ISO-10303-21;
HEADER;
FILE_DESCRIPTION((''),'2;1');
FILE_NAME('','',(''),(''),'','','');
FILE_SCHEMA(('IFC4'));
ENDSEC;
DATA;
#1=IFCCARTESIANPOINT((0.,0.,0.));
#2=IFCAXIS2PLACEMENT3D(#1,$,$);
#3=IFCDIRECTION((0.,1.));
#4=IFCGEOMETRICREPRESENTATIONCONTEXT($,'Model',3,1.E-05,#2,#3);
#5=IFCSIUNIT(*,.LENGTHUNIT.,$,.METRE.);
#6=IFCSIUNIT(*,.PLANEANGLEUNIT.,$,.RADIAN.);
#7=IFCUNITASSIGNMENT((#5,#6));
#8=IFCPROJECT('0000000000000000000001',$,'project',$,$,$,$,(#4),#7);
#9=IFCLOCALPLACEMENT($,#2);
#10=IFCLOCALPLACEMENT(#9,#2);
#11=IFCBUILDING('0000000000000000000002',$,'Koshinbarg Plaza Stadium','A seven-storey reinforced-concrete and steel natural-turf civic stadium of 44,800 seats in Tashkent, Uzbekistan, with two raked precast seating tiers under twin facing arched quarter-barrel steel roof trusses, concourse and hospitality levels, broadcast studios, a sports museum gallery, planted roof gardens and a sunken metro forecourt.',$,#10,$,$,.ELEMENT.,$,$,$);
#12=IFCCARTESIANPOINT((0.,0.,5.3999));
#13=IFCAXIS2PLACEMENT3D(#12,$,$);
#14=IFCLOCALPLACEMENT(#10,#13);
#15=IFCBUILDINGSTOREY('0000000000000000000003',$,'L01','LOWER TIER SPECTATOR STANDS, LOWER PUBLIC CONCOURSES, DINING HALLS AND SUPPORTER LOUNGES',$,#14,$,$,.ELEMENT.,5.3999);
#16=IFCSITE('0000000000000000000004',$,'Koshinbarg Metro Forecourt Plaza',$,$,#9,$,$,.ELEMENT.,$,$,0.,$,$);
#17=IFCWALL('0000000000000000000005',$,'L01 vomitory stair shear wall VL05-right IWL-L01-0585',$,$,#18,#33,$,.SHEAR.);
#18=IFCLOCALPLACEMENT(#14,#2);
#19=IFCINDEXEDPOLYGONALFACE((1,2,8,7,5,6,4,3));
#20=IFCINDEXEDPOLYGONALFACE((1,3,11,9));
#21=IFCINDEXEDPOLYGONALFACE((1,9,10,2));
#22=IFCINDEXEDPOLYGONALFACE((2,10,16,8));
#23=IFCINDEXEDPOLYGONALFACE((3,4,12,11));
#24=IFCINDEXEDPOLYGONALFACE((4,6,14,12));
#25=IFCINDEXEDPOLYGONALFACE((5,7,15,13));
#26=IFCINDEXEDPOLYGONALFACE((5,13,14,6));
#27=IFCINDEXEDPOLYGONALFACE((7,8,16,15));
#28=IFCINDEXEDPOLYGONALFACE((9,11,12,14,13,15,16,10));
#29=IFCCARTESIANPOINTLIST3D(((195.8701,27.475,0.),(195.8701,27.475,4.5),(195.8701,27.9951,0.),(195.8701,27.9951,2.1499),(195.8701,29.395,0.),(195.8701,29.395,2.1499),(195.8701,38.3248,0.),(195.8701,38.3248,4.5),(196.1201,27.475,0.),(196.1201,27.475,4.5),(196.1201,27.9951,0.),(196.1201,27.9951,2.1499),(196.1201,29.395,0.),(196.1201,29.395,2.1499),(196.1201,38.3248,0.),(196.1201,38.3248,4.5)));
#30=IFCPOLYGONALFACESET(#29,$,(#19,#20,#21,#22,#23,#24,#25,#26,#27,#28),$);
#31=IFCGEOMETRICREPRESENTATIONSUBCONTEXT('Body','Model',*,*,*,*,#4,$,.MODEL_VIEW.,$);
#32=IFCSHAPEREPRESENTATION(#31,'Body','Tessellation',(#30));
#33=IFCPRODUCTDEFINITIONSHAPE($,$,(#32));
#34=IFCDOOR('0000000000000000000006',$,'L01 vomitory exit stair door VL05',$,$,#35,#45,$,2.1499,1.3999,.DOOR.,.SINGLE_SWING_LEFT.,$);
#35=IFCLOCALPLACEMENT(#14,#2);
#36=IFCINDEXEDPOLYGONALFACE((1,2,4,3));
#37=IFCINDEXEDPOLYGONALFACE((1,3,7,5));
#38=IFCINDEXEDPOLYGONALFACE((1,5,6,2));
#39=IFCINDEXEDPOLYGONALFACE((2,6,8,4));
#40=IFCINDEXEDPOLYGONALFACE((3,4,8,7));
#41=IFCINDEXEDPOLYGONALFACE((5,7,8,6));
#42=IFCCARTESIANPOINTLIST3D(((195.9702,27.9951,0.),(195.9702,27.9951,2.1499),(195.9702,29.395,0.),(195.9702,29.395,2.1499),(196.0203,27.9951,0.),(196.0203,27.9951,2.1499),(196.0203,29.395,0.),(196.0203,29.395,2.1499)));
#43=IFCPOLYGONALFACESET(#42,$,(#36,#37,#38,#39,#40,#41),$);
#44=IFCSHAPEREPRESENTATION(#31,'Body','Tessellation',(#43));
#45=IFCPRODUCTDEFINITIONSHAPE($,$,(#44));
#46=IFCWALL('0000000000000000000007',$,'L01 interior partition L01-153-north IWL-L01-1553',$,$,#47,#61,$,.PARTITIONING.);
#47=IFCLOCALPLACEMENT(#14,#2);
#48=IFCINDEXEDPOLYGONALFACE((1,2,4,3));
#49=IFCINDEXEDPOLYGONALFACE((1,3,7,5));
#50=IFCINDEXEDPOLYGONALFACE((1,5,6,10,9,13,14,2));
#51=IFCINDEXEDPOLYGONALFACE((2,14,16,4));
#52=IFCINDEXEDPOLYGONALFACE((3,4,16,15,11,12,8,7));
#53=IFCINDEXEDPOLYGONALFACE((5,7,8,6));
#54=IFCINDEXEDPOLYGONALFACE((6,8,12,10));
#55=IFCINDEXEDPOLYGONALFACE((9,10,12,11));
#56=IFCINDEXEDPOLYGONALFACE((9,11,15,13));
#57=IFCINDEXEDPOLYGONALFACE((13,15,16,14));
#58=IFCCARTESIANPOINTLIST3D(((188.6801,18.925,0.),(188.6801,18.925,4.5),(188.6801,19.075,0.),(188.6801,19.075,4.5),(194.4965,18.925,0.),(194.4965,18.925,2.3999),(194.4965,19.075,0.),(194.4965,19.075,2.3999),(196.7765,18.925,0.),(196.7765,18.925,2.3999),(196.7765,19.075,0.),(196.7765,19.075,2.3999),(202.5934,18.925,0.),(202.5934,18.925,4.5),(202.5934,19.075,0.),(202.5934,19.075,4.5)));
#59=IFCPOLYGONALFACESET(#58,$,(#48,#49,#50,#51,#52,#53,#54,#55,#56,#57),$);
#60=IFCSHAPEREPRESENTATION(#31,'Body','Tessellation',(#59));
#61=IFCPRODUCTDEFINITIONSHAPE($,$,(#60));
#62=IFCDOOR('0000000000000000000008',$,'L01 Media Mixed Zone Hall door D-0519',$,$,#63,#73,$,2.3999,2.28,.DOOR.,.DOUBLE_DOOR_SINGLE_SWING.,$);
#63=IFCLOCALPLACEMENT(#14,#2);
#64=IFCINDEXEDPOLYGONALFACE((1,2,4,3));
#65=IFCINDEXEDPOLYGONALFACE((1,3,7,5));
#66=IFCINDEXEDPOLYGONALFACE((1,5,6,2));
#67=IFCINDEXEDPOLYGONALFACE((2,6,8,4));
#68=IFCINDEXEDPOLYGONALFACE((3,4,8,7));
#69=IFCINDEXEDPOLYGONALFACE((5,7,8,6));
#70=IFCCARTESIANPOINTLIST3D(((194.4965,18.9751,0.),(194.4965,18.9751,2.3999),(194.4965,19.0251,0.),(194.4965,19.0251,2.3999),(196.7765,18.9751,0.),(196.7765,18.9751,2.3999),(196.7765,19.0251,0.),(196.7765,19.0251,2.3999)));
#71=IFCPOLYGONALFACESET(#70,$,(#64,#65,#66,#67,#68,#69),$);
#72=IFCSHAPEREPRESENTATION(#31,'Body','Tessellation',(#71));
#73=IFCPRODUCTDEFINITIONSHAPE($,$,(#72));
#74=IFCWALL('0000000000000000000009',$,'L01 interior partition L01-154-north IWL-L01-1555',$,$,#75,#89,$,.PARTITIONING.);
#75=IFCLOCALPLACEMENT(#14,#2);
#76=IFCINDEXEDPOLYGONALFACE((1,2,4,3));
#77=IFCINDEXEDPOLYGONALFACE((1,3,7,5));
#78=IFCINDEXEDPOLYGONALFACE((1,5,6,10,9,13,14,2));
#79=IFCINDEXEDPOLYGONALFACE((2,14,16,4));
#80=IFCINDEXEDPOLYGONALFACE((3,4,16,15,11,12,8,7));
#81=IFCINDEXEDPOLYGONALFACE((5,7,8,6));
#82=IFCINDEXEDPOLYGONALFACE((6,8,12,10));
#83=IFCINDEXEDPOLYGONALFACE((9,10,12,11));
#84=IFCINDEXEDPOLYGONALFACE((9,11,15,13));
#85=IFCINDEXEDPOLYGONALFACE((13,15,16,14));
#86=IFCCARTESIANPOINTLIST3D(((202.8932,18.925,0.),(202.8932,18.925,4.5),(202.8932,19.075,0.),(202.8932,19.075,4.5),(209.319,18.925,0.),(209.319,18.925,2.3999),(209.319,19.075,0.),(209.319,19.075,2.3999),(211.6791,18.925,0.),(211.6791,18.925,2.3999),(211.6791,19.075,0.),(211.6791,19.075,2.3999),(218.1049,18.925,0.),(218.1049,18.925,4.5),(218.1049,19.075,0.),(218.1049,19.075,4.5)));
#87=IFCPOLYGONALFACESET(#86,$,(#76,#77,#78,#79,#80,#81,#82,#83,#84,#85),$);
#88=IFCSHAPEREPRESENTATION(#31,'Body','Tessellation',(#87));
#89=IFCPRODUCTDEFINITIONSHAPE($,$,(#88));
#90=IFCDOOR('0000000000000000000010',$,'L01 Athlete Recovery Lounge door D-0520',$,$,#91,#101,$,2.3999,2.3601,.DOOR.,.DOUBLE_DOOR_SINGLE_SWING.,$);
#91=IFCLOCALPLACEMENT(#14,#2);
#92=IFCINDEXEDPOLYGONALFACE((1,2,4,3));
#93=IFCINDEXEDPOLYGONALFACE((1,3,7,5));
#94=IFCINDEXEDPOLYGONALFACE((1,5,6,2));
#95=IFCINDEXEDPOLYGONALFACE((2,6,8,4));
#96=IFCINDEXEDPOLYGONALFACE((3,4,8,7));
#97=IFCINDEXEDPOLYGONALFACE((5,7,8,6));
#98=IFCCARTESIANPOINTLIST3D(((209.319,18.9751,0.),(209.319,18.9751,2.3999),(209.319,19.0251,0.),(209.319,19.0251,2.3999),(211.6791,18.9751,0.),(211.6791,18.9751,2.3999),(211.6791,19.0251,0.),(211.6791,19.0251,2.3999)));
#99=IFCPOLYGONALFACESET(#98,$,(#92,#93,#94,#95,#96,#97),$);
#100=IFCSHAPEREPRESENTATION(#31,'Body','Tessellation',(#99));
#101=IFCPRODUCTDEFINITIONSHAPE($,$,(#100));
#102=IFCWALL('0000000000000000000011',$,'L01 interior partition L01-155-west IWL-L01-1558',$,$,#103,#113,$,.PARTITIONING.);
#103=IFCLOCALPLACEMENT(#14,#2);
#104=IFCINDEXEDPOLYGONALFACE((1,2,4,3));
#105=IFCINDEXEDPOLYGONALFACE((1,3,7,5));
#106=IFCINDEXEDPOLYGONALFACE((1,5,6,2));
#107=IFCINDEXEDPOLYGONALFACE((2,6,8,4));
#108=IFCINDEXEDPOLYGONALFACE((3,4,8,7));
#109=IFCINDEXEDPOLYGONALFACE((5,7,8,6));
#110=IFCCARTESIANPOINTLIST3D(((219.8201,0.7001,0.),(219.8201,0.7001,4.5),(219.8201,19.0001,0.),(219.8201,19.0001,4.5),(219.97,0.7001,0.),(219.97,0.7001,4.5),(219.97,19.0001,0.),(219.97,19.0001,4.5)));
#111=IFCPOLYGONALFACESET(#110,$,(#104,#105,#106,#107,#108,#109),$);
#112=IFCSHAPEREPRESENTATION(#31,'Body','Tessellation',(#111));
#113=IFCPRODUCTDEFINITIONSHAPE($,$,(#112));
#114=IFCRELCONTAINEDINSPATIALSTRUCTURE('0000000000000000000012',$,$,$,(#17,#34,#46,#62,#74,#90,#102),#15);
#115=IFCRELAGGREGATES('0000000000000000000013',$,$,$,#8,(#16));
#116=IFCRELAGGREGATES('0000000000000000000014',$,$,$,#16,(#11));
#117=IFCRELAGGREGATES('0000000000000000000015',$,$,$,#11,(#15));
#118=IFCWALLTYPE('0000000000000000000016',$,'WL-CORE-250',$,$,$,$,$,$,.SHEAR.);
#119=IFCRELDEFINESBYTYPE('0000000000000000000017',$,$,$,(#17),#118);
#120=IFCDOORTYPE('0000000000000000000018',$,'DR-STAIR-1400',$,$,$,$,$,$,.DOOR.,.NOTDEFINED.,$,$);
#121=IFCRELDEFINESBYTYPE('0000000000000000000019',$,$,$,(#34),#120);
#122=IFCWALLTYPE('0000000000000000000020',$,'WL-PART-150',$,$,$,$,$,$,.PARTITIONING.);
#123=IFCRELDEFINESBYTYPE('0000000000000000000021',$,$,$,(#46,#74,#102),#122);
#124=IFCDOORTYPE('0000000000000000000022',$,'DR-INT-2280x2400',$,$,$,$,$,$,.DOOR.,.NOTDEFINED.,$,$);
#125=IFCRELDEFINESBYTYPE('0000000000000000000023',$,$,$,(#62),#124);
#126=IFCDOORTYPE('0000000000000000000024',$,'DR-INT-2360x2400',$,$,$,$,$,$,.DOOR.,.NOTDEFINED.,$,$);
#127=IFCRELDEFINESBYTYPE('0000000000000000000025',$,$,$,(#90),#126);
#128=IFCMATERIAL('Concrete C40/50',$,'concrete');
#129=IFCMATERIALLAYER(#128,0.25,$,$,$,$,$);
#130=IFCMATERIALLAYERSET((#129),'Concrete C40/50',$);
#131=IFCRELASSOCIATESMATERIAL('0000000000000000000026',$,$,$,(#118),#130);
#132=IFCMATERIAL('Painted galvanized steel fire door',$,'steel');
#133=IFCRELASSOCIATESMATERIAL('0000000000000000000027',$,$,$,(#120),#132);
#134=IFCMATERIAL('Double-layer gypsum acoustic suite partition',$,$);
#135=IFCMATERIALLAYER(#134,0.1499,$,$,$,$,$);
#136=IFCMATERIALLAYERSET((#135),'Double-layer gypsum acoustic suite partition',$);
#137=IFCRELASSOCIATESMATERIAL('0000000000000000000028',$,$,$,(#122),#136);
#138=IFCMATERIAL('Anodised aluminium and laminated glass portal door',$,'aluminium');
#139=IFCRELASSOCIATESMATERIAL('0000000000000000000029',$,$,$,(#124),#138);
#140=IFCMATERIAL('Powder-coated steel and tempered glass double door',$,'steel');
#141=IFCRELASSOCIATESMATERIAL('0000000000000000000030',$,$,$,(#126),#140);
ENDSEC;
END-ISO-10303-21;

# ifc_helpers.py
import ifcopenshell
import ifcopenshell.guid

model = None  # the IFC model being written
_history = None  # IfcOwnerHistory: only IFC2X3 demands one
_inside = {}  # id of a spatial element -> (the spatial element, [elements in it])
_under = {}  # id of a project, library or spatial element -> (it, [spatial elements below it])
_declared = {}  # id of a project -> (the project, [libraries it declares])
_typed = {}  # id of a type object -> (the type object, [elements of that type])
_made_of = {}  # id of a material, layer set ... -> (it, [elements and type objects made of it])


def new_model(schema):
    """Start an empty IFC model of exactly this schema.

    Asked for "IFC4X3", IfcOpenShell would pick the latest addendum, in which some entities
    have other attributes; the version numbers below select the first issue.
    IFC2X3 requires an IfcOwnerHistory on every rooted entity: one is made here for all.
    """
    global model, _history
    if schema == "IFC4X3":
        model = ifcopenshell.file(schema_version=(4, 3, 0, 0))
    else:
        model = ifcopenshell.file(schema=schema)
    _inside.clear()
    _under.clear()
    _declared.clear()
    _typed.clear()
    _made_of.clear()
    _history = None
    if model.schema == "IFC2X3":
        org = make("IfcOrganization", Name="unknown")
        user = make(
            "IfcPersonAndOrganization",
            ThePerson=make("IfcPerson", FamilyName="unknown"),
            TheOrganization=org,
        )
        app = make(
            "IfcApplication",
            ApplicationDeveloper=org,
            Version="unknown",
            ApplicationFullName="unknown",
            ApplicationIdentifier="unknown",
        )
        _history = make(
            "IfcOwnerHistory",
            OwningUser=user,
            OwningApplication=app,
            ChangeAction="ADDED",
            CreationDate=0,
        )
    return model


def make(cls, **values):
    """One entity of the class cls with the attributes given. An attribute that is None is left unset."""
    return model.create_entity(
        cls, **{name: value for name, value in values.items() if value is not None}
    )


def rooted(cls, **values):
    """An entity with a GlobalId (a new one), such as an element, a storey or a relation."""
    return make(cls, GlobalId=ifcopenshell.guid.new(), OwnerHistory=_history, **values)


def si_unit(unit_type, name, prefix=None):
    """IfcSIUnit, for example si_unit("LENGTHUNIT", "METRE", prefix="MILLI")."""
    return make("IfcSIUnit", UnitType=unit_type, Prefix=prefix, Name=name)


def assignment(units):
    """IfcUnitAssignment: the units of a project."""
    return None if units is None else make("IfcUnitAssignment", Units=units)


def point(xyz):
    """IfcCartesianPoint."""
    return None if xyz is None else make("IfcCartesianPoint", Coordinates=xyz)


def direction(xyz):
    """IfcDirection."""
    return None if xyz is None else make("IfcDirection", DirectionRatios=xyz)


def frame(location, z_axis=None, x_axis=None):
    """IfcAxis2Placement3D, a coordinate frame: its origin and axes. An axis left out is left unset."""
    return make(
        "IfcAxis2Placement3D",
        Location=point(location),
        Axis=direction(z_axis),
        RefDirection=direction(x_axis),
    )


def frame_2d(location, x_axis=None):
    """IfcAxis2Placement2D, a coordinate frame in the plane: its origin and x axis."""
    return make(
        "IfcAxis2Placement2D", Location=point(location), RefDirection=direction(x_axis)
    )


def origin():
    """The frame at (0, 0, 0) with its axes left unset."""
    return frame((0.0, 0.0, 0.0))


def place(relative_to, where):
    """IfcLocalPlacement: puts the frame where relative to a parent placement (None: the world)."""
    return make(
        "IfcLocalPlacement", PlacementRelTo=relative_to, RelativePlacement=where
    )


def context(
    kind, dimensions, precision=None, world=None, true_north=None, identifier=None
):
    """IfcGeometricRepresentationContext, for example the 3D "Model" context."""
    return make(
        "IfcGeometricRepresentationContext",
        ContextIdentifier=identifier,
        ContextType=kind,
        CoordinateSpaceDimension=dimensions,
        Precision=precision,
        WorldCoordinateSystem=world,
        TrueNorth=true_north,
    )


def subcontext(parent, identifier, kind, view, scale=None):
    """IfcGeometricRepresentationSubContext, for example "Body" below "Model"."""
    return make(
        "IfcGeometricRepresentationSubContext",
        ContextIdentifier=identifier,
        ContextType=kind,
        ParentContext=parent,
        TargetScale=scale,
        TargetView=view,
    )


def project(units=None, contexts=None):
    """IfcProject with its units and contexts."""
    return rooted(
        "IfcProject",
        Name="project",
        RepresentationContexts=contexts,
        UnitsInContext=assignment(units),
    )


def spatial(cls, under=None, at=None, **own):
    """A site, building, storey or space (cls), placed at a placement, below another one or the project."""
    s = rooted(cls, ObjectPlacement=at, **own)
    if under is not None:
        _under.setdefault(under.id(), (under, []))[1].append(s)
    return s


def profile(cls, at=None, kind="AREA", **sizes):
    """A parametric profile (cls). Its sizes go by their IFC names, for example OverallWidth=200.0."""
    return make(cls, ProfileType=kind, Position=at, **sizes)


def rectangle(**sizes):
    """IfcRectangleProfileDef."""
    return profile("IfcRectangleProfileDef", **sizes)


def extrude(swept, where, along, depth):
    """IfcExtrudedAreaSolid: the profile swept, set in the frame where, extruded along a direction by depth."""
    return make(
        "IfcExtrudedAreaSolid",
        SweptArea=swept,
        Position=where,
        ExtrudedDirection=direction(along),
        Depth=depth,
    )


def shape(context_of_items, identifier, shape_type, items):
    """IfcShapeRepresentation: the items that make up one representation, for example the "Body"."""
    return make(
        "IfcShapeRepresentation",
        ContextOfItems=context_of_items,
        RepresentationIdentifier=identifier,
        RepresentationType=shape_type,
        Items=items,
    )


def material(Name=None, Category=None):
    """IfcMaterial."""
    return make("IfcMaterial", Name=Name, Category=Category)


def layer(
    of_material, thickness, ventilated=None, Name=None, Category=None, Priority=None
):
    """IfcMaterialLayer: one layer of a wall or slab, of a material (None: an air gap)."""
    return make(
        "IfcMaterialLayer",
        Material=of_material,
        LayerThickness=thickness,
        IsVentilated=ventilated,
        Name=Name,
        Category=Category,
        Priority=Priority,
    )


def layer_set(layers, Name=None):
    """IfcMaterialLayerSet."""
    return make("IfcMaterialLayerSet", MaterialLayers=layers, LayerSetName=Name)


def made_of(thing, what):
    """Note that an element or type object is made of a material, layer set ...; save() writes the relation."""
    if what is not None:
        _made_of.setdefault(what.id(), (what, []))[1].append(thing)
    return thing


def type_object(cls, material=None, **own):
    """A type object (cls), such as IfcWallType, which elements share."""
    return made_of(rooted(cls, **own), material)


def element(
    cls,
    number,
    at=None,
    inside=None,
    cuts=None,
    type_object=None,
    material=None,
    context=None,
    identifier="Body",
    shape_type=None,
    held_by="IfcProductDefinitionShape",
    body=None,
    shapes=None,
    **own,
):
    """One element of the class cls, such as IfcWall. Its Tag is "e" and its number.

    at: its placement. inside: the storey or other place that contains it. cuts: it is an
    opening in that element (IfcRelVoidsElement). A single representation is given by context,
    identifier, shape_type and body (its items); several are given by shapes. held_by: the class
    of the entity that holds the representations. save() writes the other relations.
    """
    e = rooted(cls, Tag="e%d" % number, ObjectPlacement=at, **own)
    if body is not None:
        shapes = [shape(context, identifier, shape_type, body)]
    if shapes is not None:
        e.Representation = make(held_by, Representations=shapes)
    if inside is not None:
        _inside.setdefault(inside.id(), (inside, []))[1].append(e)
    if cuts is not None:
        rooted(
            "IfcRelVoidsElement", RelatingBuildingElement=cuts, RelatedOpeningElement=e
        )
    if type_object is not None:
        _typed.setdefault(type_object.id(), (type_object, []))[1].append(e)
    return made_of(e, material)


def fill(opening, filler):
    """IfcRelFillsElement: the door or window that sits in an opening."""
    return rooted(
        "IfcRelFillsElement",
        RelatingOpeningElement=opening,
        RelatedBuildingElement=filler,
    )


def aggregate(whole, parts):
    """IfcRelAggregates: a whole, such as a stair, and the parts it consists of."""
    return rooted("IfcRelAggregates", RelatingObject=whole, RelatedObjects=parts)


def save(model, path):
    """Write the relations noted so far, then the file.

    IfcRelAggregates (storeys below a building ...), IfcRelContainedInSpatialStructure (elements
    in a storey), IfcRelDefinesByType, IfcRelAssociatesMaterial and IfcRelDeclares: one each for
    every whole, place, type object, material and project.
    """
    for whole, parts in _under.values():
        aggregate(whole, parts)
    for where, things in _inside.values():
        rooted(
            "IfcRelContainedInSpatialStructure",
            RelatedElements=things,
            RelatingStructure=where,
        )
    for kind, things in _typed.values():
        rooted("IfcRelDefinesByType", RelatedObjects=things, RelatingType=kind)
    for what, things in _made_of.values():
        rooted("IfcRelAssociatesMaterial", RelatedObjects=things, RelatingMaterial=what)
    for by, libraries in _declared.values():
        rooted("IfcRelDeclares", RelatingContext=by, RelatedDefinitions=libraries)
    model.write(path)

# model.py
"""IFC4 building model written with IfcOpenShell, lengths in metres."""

from ifc_helpers import new_model, si_unit, direction, frame, frame_2d, origin, place, context, subcontext, project, spatial, rectangle, extrude, material, layer, layer_set, type_object, element, fill, save


model = new_model("IFC4")

# Units and contexts
model_context = context("Model", 3, precision=1e-05, world=origin(), true_north=direction((0.0, 1.0)))
body_context = subcontext(model_context, "Body", "Model", "MODEL_VIEW")
ifc_project = project(units=[si_unit("LENGTHUNIT", "METRE"), si_unit("PLANEANGLEUNIT", "RADIAN")], contexts=[model_context])

# Site, building, storey
site_placement = place(None, origin())
site = spatial("IfcSite", under=ifc_project, at=site_placement, Name="Koshinbarg Metro Forecourt Plaza", CompositionType="ELEMENT", RefElevation=0.0)
building_placement = place(site_placement, origin())
building = spatial("IfcBuilding", under=site, at=building_placement, Name="Koshinbarg Plaza Stadium", Description="A seven-storey reinforced-concrete and steel natural-turf civic stadium of 44,800 seats in Tashkent, Uzbekistan, with two raked precast seating tiers under twin facing arched quarter-barrel steel roof trusses, concourse and hospitality levels, broadcast studios, a sports museum gallery, planted roof gardens and a sunken metro forecourt.", CompositionType="ELEMENT")
storey_placement = place(building_placement, frame((0.0, 0.0, 5.3999)))
storey = spatial("IfcBuildingStorey", under=building, at=storey_placement, Name="L01", Description="LOWER TIER SPECTATOR STANDS, LOWER PUBLIC CONCOURSES, DINING HALLS AND SUPPORTER LOUNGES", CompositionType="ELEMENT", Elevation=5.3999)

# Shared definitions
ifc_material_1 = material(Name="Concrete C40/50", Category="concrete")

# Shared definitions
ifc_layer_1 = layer(ifc_material_1, 0.25)
ifc_layer_set_1 = layer_set([ifc_layer_1], Name="Concrete C40/50")
wall_type_1 = type_object("IfcWallType", Name="WL-CORE-250", PredefinedType="SHEAR", material=ifc_layer_set_1)

# Walls, openings, doors
ifc_material_2 = material(Name="Painted galvanized steel fire door", Category="steel")
door_type_1 = type_object("IfcDoorType", Name="DR-STAIR-1400", OperationType="NOTDEFINED", PredefinedType="DOOR", material=ifc_material_2)
wall_1_placement = place(storey_placement, frame((195.9951, 27.4751, 0.0), z_axis=(0.0, 0.0, 1.0), x_axis=(0.0, 1.0, 0.0)))
wall_1 = element("IfcWall", 1, at=wall_1_placement, inside=storey, type_object=wall_type_1, Name="L01 vomitory stair shear wall VL05-right IWL-L01-0585", PredefinedType="SHEAR", context=body_context, shape_type="SweptSolid", body=[
    extrude(rectangle(XDim=10.8499, YDim=0.25, at=frame_2d((5.4248, 0.0))), origin(), (0.0, 0.0, 1.0), 4.5),
])
opening_1_placement = place(wall_1_placement, frame((0.52, 0.0, 0.0)))
opening_1 = element("IfcOpeningElement", 2, at=opening_1_placement, cuts=wall_1, PredefinedType="OPENING", context=body_context, shape_type="SweptSolid", body=[
    extrude(rectangle(XDim=1.3999, YDim=2.1499, at=frame_2d((0.7, 1.075))), frame((0.0, 0.135, 0.0), z_axis=(0.0, -1.0, 0.0), x_axis=(1.0, 0.0, 0.0)), (0.0, 0.0, 1.0), 0.27),
])
door_1_placement = place(opening_1_placement, origin())
door_1 = element("IfcDoor", 3, at=door_1_placement, inside=storey, type_object=door_type_1, Name="L01 vomitory exit stair door VL05", OperationType="SINGLE_SWING_LEFT", OverallHeight=2.1499, OverallWidth=1.3999, PredefinedType="DOOR", context=body_context, shape_type="SweptSolid", body=[
    extrude(rectangle(XDim=1.3999, YDim=2.1499, at=frame_2d((0.7, 1.075))), frame((0.0, 0.0249, 0.0), z_axis=(0.0, -1.0, 0.0), x_axis=(1.0, 0.0, 0.0)), (0.0, 0.0, 1.0), 0.05),
])
fill(opening_1, door_1)
ifc_material_3 = material(Name="Double-layer gypsum acoustic suite partition")
ifc_layer_2 = layer(ifc_material_3, 0.1499)
ifc_layer_set_2 = layer_set([ifc_layer_2], Name="Double-layer gypsum acoustic suite partition")
wall_type_2 = type_object("IfcWallType", Name="WL-PART-150", PredefinedType="PARTITIONING", material=ifc_layer_set_2)
wall_2_placement = place(storey_placement, frame((202.5933, 19.0, 0.0), z_axis=(0.0, 0.0, 1.0), x_axis=(-1.0, 0.0, 0.0)))
wall_2 = element("IfcWall", 4, at=wall_2_placement, inside=storey, type_object=wall_type_2, Name="L01 interior partition L01-153-north IWL-L01-1553", PredefinedType="PARTITIONING", context=body_context, shape_type="SweptSolid", body=[
    extrude(rectangle(XDim=13.9133, YDim=0.1499, at=frame_2d((6.9565, 0.0))), origin(), (0.0, 0.0, 1.0), 4.5),
])
opening_2_placement = place(wall_2_placement, frame((5.8167, 0.0, 0.0)))
opening_2 = element("IfcOpeningElement", 5, at=opening_2_placement, cuts=wall_2, PredefinedType="OPENING", context=body_context, shape_type="SweptSolid", body=[
    extrude(rectangle(XDim=2.28, YDim=2.3999, at=frame_2d((1.1401, 1.2))), frame((0.0, 0.085, 0.0), z_axis=(0.0, -1.0, 0.0), x_axis=(1.0, 0.0, 0.0)), (0.0, 0.0, 1.0), 0.1699),
])
ifc_material_4 = material(Name="Anodised aluminium and laminated glass portal door", Category="aluminium")
door_type_2 = type_object("IfcDoorType", Name="DR-INT-2280x2400", OperationType="NOTDEFINED", PredefinedType="DOOR", material=ifc_material_4)
door_2_placement = place(opening_2_placement, origin())
door_2 = element("IfcDoor", 6, at=door_2_placement, inside=storey, type_object=door_type_2, Name="L01 Media Mixed Zone Hall door D-0519", OperationType="DOUBLE_DOOR_SINGLE_SWING", OverallHeight=2.3999, OverallWidth=2.28, PredefinedType="DOOR", context=body_context, shape_type="SweptSolid", body=[
    extrude(rectangle(XDim=2.28, YDim=2.3999, at=frame_2d((1.1401, 1.2))), frame((0.0, 0.0249, 0.0), z_axis=(0.0, -1.0, 0.0), x_axis=(1.0, 0.0, 0.0)), (0.0, 0.0, 1.0), 0.05),
])
fill(opening_2, door_2)
wall_3_placement = place(storey_placement, frame((218.105, 19.0, 0.0), z_axis=(0.0, 0.0, 1.0), x_axis=(-1.0, 0.0, 0.0)))
wall_3 = element("IfcWall", 7, at=wall_3_placement, inside=storey, type_object=wall_type_2, Name="L01 interior partition L01-154-north IWL-L01-1555", PredefinedType="PARTITIONING", context=body_context, shape_type="SweptSolid", body=[
    extrude(rectangle(XDim=15.2117, YDim=0.1499, at=frame_2d((7.606, 0.0))), origin(), (0.0, 0.0, 1.0), 4.5),
])
opening_3_placement = place(wall_3_placement, frame((6.4258, 0.0, 0.0)))
opening_3 = element("IfcOpeningElement", 8, at=opening_3_placement, cuts=wall_3, PredefinedType="OPENING", context=body_context, shape_type="SweptSolid", body=[
    extrude(rectangle(XDim=2.3601, YDim=2.3999, at=frame_2d((1.1802, 1.2))), frame((0.0, 0.085, 0.0), z_axis=(0.0, -1.0, 0.0), x_axis=(1.0, 0.0, 0.0)), (0.0, 0.0, 1.0), 0.1699),
])
ifc_material_5 = material(Name="Powder-coated steel and tempered glass double door", Category="steel")
door_type_3 = type_object("IfcDoorType", Name="DR-INT-2360x2400", OperationType="NOTDEFINED", PredefinedType="DOOR", material=ifc_material_5)
door_3_placement = place(opening_3_placement, origin())
door_3 = element("IfcDoor", 9, at=door_3_placement, inside=storey, type_object=door_type_3, Name="L01 Athlete Recovery Lounge door D-0520", OperationType="DOUBLE_DOOR_SINGLE_SWING", OverallHeight=2.3999, OverallWidth=2.3601, PredefinedType="DOOR", context=body_context, shape_type="SweptSolid", body=[
    extrude(rectangle(XDim=2.3601, YDim=2.3999, at=frame_2d((1.1802, 1.2))), frame((0.0, 0.0249, 0.0), z_axis=(0.0, -1.0, 0.0), x_axis=(1.0, 0.0, 0.0)), (0.0, 0.0, 1.0), 0.05),
])
fill(opening_3, door_3)

# Wall
wall_4_placement = place(storey_placement, frame((219.895, 19.0, 0.0), z_axis=(0.0, 0.0, 1.0), x_axis=(0.0, -1.0, 0.0)))
element("IfcWall", 10, at=wall_4_placement, inside=storey, type_object=wall_type_2, Name="L01 interior partition L01-155-west IWL-L01-1558", PredefinedType="PARTITIONING", context=body_context, shape_type="SweptSolid", body=[
    extrude(rectangle(XDim=18.3, YDim=0.1499, at=frame_2d((9.1499, 0.0))), origin(), (0.0, 0.0, 1.0), 4.5),
])

save(model, "model.ifc")
